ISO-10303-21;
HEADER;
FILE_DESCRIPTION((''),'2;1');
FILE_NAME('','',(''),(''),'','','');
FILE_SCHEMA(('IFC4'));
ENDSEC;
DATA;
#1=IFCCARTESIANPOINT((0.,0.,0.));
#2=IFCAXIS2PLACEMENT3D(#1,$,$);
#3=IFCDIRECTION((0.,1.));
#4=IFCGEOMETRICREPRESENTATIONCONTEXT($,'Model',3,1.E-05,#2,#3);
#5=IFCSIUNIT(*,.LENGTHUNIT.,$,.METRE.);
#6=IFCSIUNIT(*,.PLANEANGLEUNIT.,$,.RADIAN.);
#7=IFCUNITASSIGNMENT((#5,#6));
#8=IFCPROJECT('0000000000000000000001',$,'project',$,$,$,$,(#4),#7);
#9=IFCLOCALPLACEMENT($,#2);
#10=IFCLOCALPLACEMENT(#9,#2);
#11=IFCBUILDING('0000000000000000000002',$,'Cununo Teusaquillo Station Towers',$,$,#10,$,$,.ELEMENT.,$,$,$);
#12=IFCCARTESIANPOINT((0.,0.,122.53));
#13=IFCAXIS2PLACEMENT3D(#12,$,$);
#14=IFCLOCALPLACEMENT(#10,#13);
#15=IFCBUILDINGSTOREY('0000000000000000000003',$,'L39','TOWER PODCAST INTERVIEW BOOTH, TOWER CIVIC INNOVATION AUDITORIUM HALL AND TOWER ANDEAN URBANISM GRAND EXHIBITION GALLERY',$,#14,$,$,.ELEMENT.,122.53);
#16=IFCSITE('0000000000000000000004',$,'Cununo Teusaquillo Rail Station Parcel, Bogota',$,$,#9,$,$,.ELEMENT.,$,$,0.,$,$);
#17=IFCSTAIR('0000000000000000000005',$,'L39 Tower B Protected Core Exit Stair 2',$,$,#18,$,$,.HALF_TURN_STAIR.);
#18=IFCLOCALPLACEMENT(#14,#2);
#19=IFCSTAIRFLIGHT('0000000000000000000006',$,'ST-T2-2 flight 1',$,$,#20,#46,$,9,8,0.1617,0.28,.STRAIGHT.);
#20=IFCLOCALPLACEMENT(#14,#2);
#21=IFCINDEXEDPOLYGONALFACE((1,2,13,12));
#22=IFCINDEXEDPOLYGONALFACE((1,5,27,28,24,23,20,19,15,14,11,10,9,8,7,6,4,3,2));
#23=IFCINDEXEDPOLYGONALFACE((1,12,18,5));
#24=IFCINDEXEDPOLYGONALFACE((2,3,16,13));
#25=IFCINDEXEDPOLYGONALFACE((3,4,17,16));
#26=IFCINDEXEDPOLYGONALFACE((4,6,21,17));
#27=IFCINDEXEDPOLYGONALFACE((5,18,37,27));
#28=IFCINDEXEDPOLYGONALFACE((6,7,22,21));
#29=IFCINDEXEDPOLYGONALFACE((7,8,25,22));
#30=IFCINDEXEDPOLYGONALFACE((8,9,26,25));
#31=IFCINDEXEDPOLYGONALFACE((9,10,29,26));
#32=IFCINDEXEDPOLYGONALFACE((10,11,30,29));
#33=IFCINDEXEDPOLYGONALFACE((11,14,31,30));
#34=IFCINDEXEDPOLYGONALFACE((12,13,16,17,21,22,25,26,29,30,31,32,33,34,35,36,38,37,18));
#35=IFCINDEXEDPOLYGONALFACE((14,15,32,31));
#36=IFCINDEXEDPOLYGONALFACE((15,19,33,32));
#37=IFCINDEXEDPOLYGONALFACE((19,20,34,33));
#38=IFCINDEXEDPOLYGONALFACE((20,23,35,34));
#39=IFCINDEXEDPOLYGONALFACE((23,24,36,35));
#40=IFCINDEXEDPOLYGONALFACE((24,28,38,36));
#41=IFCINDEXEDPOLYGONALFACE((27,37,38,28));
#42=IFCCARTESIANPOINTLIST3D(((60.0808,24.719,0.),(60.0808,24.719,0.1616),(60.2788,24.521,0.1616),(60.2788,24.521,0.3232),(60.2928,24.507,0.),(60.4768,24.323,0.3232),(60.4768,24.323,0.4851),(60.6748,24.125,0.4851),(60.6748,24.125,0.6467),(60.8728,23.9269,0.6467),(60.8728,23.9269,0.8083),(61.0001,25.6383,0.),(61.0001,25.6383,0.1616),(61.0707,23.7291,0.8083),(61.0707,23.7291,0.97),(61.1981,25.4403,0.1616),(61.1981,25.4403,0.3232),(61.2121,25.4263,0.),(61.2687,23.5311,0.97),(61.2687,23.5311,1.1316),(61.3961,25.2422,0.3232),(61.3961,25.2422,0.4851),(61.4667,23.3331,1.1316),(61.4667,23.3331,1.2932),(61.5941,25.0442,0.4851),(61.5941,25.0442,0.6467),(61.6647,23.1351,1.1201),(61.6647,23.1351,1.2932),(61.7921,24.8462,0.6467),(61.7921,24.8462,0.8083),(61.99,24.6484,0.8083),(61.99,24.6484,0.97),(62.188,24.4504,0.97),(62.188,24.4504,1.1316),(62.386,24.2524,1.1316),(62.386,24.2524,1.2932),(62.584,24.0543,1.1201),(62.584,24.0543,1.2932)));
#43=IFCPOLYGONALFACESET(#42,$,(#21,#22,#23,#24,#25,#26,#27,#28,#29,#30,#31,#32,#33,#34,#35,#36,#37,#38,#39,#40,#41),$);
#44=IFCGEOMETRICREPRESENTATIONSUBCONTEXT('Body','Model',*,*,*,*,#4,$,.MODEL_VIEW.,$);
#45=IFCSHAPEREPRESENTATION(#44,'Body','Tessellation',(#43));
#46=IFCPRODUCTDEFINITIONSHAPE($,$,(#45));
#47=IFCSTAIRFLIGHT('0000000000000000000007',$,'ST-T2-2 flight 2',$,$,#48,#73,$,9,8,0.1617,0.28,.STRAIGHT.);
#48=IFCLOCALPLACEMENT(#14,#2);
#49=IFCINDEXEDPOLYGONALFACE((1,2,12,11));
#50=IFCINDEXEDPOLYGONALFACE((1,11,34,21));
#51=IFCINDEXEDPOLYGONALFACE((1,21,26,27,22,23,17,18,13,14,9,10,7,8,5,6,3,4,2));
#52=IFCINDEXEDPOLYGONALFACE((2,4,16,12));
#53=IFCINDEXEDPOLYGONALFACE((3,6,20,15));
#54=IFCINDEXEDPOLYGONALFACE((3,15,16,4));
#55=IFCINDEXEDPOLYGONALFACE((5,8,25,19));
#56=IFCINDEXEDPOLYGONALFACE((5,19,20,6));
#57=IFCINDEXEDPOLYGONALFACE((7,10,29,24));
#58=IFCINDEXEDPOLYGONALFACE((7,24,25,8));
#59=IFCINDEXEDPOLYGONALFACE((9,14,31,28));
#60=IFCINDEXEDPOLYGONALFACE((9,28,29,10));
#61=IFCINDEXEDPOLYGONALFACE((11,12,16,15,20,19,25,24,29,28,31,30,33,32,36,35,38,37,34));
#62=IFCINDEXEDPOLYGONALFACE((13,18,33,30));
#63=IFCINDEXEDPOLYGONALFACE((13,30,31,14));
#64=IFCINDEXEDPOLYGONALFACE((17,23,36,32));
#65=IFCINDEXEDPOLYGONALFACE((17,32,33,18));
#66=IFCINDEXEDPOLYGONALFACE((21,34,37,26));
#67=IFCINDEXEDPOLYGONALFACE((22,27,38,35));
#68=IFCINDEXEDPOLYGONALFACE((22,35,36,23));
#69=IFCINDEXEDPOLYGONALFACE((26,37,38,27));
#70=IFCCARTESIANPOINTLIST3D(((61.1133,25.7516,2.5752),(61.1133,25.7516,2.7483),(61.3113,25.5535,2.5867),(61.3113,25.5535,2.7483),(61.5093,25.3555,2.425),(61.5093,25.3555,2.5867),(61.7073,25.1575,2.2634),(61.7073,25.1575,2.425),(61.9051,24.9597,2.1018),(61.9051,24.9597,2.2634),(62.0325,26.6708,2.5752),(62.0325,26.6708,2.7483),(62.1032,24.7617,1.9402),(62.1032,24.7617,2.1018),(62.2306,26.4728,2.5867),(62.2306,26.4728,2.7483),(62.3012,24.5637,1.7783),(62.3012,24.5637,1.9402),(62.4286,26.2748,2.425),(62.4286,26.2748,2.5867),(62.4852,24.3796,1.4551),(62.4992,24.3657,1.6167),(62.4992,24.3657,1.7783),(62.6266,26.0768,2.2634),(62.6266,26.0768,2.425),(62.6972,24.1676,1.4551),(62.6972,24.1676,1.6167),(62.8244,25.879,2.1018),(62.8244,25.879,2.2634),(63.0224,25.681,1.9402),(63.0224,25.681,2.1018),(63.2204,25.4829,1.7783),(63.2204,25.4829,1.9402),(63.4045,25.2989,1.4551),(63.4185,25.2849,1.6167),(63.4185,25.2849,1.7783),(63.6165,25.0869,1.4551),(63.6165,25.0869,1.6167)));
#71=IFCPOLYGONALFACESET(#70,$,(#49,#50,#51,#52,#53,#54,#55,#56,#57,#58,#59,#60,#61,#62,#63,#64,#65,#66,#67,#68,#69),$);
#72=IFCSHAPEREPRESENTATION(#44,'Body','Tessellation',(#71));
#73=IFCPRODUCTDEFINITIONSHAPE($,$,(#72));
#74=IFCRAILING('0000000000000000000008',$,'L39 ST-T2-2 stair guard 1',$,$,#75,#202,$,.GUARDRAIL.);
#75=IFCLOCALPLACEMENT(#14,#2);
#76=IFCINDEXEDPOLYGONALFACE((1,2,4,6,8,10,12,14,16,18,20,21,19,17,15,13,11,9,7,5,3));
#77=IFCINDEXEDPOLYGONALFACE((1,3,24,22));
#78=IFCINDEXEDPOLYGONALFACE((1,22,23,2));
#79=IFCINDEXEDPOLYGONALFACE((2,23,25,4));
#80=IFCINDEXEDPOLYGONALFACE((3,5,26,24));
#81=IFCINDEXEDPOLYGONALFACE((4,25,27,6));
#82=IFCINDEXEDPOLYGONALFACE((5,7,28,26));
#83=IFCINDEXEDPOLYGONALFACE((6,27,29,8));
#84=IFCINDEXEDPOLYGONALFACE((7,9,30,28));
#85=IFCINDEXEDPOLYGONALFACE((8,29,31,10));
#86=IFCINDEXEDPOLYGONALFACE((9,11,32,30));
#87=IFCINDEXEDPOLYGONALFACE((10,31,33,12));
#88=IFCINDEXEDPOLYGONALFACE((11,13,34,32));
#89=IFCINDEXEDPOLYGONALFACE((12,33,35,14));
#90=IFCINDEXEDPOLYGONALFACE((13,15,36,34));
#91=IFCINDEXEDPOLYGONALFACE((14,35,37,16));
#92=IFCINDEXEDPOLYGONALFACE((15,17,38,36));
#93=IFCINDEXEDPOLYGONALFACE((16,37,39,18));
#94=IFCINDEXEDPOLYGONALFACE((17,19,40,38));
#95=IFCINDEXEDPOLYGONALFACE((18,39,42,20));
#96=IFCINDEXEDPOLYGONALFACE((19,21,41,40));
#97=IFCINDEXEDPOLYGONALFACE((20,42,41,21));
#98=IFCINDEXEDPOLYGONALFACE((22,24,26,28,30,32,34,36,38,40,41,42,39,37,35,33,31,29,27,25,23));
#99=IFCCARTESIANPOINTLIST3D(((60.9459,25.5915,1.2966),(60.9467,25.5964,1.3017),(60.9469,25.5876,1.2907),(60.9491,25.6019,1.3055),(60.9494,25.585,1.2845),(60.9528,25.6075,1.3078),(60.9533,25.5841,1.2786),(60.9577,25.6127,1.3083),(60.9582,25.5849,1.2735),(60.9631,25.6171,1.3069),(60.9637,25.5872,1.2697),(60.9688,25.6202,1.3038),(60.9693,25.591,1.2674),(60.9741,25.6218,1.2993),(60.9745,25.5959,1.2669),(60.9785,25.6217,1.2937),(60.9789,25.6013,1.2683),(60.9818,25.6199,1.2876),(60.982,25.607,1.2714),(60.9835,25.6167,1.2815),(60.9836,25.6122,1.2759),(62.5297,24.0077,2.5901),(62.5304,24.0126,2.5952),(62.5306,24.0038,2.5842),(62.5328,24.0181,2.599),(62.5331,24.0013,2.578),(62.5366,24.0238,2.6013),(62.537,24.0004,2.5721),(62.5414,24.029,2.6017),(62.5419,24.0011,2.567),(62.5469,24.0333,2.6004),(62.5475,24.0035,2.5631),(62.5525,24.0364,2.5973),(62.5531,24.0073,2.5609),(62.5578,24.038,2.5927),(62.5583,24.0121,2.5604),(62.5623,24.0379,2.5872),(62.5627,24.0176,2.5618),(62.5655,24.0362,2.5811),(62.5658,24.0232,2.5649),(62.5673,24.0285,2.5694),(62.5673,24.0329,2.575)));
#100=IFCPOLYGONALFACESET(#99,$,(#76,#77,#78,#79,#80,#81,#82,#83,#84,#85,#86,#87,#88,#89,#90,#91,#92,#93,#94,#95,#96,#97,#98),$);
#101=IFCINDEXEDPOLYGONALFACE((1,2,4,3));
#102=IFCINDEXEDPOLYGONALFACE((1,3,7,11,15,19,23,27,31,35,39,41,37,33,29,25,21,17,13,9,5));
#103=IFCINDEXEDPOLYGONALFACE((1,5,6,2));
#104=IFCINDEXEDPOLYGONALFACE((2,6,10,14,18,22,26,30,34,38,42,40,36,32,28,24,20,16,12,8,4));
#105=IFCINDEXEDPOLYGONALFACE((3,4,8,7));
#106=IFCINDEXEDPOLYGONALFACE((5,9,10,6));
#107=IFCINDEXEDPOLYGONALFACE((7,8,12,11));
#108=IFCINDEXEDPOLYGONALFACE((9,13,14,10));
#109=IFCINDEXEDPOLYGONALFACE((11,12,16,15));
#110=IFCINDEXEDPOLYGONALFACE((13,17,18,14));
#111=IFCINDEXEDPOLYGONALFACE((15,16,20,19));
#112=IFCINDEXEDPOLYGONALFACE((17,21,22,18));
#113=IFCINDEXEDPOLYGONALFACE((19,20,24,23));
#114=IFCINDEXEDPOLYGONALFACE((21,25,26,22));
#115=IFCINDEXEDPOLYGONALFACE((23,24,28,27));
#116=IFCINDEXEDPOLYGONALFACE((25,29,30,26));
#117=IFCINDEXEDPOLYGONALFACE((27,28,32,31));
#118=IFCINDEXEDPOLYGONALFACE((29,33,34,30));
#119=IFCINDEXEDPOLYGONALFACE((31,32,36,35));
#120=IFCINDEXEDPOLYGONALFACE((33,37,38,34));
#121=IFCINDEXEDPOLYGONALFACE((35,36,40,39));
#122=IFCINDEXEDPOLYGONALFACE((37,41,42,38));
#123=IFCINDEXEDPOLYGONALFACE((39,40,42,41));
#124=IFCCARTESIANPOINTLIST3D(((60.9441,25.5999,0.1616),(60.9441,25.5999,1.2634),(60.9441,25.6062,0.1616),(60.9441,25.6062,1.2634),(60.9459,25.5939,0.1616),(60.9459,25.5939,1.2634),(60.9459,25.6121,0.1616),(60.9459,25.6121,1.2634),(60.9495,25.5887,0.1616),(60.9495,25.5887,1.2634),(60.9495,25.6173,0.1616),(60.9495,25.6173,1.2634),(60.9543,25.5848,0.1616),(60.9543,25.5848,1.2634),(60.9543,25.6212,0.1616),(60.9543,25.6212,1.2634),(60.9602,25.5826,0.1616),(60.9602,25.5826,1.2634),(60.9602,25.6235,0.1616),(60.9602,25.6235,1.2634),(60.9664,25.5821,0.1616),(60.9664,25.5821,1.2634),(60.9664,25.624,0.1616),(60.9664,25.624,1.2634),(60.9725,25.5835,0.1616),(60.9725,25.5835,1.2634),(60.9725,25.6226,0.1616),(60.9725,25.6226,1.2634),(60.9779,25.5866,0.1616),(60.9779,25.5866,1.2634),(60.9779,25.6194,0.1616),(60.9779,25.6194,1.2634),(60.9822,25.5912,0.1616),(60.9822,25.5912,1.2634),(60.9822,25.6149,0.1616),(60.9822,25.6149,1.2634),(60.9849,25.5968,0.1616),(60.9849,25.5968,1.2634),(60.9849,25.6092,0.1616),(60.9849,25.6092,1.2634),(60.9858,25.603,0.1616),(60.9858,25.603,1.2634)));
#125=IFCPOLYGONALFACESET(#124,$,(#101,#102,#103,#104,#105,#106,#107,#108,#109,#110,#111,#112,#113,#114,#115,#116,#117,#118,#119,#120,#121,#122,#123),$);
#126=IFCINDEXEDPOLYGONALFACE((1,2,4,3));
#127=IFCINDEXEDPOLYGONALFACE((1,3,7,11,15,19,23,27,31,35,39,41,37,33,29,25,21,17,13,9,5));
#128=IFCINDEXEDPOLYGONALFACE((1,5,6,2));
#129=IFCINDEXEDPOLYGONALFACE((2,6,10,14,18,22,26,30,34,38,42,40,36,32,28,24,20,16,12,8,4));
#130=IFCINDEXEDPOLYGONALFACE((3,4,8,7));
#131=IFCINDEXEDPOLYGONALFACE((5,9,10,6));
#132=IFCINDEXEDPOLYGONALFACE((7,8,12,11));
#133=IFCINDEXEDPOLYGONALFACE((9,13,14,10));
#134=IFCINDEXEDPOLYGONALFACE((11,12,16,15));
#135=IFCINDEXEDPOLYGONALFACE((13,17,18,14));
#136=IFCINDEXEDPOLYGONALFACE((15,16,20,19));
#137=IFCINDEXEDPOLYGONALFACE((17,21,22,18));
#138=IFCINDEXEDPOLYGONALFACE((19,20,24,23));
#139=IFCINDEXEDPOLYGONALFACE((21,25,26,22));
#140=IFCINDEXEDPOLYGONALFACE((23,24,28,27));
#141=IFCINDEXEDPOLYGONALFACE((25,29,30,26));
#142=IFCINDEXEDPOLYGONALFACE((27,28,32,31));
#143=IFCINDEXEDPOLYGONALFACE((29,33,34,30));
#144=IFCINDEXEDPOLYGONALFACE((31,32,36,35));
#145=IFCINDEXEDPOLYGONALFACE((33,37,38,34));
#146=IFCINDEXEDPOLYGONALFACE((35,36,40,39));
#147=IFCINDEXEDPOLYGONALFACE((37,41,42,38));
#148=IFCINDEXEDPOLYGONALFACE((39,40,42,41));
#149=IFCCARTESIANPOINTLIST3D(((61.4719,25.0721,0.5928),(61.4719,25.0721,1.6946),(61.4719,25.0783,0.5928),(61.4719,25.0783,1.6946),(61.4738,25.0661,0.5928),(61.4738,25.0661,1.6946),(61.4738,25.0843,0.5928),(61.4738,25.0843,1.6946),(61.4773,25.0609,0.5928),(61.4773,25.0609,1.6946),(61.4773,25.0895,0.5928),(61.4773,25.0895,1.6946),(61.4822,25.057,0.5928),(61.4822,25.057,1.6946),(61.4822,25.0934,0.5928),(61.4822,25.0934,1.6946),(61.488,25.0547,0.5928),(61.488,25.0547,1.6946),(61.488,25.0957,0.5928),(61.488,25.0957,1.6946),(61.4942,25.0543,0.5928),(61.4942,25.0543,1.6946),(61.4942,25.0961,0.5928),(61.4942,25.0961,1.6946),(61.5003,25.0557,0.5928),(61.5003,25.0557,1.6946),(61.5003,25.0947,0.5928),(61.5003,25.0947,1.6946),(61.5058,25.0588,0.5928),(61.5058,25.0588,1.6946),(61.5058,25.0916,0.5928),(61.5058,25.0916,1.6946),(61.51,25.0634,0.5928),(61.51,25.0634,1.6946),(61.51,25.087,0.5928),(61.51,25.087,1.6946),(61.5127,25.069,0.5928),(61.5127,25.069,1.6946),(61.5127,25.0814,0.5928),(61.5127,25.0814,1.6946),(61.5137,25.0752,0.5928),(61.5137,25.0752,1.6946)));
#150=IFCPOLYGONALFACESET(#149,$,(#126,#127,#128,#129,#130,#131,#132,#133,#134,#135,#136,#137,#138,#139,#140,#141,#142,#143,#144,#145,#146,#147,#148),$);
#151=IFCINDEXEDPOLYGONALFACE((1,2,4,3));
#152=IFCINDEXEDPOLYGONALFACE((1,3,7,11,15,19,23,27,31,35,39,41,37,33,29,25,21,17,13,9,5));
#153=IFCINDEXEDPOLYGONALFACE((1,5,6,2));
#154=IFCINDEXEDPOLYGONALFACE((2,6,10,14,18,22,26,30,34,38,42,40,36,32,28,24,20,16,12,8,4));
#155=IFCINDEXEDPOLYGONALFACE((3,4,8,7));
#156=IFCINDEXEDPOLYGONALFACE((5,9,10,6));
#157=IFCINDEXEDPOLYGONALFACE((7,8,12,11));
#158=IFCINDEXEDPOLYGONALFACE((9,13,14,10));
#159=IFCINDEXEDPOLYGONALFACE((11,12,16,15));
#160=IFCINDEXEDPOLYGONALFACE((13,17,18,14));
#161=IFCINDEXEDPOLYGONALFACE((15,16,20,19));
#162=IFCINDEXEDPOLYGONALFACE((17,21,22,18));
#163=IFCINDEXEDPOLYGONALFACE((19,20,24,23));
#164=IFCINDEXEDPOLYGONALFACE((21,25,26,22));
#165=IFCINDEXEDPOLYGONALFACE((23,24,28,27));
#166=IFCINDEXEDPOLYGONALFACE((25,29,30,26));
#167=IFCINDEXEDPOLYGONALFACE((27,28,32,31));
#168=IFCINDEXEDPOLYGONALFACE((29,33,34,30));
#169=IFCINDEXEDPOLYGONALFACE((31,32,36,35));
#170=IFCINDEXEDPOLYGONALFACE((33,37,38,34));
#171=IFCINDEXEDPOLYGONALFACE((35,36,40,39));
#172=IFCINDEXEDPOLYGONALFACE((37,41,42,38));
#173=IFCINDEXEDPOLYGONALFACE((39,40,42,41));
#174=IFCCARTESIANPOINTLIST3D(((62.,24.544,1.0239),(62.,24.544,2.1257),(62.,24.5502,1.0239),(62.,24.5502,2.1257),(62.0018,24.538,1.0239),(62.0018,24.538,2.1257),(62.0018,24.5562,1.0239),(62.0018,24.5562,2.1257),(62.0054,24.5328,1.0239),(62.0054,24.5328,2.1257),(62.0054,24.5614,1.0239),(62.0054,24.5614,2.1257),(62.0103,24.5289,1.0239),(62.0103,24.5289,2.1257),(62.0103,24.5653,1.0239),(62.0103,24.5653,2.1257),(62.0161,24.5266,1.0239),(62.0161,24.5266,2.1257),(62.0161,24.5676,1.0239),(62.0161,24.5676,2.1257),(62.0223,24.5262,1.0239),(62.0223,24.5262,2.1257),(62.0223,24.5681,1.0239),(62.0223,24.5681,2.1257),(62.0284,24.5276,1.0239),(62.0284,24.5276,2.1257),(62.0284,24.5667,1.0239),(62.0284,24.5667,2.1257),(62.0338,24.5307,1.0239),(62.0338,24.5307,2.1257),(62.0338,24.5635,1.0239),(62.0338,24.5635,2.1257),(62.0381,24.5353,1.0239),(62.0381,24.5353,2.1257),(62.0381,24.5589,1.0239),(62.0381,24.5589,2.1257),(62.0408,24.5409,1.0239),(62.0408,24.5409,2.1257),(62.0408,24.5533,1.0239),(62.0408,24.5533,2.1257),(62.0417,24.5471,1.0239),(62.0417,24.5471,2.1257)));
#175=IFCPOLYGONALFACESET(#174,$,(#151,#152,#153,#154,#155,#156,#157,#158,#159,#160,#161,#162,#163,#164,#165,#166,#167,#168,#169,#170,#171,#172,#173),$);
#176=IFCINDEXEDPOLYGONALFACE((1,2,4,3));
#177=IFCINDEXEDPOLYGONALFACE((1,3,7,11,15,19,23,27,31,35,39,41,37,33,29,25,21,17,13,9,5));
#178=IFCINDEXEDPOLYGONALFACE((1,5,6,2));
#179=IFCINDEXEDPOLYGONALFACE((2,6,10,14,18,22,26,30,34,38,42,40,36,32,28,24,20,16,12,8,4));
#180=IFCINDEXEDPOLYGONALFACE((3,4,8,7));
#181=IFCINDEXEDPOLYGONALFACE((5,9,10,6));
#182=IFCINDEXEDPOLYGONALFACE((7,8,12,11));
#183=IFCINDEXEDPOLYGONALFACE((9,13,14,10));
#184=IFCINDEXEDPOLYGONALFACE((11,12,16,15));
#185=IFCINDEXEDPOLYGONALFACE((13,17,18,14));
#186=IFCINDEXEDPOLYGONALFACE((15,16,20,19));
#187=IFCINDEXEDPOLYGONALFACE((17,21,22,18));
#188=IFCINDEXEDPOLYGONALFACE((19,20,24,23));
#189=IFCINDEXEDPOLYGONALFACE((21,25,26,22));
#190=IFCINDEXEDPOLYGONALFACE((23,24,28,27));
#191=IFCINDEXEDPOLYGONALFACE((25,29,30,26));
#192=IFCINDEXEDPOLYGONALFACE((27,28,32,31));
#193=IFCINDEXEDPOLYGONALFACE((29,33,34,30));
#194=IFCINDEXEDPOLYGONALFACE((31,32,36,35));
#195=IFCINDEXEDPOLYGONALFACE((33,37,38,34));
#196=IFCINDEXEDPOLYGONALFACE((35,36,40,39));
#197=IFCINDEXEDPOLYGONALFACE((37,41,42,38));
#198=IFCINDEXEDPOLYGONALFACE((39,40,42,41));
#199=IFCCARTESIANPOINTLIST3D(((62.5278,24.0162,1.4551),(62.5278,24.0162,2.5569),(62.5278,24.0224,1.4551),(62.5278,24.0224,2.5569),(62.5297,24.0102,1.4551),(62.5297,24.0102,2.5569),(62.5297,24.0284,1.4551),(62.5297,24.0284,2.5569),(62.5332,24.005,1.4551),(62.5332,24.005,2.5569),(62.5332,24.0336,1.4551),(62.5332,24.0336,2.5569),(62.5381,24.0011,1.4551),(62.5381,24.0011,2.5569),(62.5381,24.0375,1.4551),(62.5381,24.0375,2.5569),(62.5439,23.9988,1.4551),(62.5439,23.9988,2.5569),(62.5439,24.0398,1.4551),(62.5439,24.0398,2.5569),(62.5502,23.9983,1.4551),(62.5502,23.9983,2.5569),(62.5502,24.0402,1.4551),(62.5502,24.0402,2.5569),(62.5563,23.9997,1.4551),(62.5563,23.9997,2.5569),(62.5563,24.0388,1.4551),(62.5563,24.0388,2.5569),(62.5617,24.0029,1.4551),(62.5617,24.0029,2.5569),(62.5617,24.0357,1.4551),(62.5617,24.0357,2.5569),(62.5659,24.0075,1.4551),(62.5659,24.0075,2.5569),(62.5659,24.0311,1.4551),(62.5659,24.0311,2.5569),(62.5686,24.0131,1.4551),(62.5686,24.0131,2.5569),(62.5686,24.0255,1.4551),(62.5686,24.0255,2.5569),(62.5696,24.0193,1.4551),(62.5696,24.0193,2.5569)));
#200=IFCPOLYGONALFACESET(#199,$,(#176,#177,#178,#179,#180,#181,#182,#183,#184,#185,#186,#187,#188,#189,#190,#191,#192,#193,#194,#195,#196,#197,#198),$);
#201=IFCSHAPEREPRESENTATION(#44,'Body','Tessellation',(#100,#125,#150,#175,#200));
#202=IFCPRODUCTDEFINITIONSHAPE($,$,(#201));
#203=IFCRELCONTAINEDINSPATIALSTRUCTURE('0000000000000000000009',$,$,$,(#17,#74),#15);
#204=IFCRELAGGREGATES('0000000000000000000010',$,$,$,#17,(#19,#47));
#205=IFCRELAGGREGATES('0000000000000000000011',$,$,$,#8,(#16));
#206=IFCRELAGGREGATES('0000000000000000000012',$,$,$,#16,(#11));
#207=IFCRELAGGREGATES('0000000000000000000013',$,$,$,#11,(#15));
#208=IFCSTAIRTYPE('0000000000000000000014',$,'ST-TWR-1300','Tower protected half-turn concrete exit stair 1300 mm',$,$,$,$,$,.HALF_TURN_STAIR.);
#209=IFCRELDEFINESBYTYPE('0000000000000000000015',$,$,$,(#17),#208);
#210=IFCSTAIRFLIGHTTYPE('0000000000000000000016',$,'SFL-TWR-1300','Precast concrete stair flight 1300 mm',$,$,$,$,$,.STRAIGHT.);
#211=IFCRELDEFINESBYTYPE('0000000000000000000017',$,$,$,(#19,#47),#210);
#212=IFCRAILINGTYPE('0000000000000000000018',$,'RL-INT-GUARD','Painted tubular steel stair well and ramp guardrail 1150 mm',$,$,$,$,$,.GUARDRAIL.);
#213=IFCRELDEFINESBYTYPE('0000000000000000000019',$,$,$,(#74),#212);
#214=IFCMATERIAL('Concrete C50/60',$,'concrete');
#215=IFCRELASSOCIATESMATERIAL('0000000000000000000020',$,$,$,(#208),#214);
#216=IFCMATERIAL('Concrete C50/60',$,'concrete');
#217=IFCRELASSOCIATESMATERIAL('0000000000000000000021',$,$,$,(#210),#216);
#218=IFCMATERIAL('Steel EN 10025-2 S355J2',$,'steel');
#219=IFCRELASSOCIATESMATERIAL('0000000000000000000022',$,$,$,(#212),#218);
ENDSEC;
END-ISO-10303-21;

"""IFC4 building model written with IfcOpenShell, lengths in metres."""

from ifc_helpers import new_model, si_unit, direction, frame, origin, origin_2d, place, context, subcontext, project, spatial, polyline, circle, outline, extrude, material, type_object, element, aggregate, save


model = new_model("IFC4")

# Units and contexts
model_context = context("Model", 3, precision=1e-05, world=origin(), true_north=direction((0.0, 1.0)))
body_context = subcontext(model_context, "Body", "Model", "MODEL_VIEW")
ifc_project = project(units=[si_unit("LENGTHUNIT", "METRE"), si_unit("PLANEANGLEUNIT", "RADIAN")], contexts=[model_context])

# Site, building, storey
site_placement = place(None, origin())
site = spatial("IfcSite", under=ifc_project, at=site_placement, Name="Cununo Teusaquillo Rail Station Parcel, Bogota", CompositionType="ELEMENT", RefElevation=0.0)
building_placement = place(site_placement, origin())
building = spatial("IfcBuilding", under=site, at=building_placement, Name="Cununo Teusaquillo Station Towers", CompositionType="ELEMENT")
storey_placement = place(building_placement, frame((0.0, 0.0, 122.53)))
storey = spatial("IfcBuildingStorey", under=building, at=storey_placement, Name="L39", Description="TOWER PODCAST INTERVIEW BOOTH, TOWER CIVIC INNOVATION AUDITORIUM HALL AND TOWER ANDEAN URBANISM GRAND EXHIBITION GALLERY", CompositionType="ELEMENT", Elevation=122.53)

# Stair, stair flights
ifc_material_1 = material(Name="Concrete C50/60", Category="concrete")
stair_type = type_object("IfcStairType", Name="ST-TWR-1300", Description="Tower protected half-turn concrete exit stair 1300 mm", PredefinedType="HALF_TURN_STAIR", material=ifc_material_1)
stair_placement = place(storey_placement, origin())
stair = element("IfcStair", 1, at=stair_placement, inside=storey, type_object=stair_type, Name="L39 Tower B Protected Core Exit Stair 2", PredefinedType="HALF_TURN_STAIR")
ifc_material_2 = material(Name="Concrete C50/60", Category="concrete")
stair_flight_type = type_object("IfcStairFlightType", Name="SFL-TWR-1300", Description="Precast concrete stair flight 1300 mm", PredefinedType="STRAIGHT", material=ifc_material_2)
stair_flight_1_placement = place(storey_placement, frame((60.5405, 25.1787, 0.0), z_axis=(0.0, 0.0, 1.0), x_axis=(0.707107, -0.707107, 0.0)))
stair_flight_1 = element("IfcStairFlight", 2, at=stair_flight_1_placement, type_object=stair_flight_type, Name="ST-T2-2 flight 1", NumberOfRisers=9, NumberOfTreads=8, PredefinedType="STRAIGHT", RiserHeight=0.1617, TreadLength=0.28, context=body_context, shape_type="SweptSolid", body=[
    extrude(outline(polyline([(0.0, 0.0), (0.0, 0.1616), (0.28, 0.1616), (0.28, 0.3232), (0.5601, 0.3232), (0.5601, 0.4851), (0.8401, 0.4851), (0.8401, 0.6467), (1.1201, 0.6467), (1.1201, 0.8083), (1.3999, 0.8083), (1.3999, 0.97), (1.6799, 0.97), (1.6799, 1.1316), (1.96, 1.1316), (1.96, 1.2932), (2.24, 1.2932), (2.24, 1.4551), (2.24, 1.1201), (0.2998, 0.0), (0.0, 0.0)])), frame((0.0, 0.6499, 0.0), z_axis=(0.0, -1.0, 0.0), x_axis=(1.0, 0.0, 0.0)), (0.0, 0.0, 1.0), 1.3),
])
stair_flight_2_placement = place(storey_placement, frame((63.1567, 24.6272, 1.4551), z_axis=(0.0, 0.0, 1.0), x_axis=(-0.707107, 0.707107, 0.0)))
stair_flight_2 = element("IfcStairFlight", 3, at=stair_flight_2_placement, type_object=stair_flight_type, Name="ST-T2-2 flight 2", NumberOfRisers=9, NumberOfTreads=8, PredefinedType="STRAIGHT", RiserHeight=0.1617, TreadLength=0.28, context=body_context, shape_type="SweptSolid", body=[
    extrude(outline(polyline([(0.0, 0.0), (0.0, 0.1616), (0.28, 0.1616), (0.28, 0.3232), (0.5601, 0.3232), (0.5601, 0.4851), (0.8401, 0.4851), (0.8401, 0.6467), (1.1201, 0.6467), (1.1201, 0.8083), (1.3999, 0.8083), (1.3999, 0.97), (1.6799, 0.97), (1.6799, 1.1316), (1.96, 1.1316), (1.96, 1.2932), (2.24, 1.2932), (2.24, 1.4551), (2.24, 1.1201), (0.2998, 0.0), (0.0, 0.0)])), frame((0.0, 0.6499, 0.0), z_axis=(0.0, -1.0, 0.0), x_axis=(1.0, 0.0, 0.0)), (0.0, 0.0, 1.0), 1.3),
])
aggregate(stair, [stair_flight_1, stair_flight_2])

# Railing
ifc_material_3 = material(Name="Steel EN 10025-2 S355J2", Category="steel")
railing_type_1 = type_object("IfcRailingType", Name="RL-INT-GUARD", Description="Painted tubular steel stair well and ramp guardrail 1150 mm", PredefinedType="GUARDRAIL", material=ifc_material_3)
railing_1_placement = place(storey_placement, frame((60.9648, 25.603, 0.1616)))
element("IfcRailing", 4, at=railing_1_placement, inside=storey, type_object=railing_type_1, Name="L39 ST-T2-2 stair guard 1", PredefinedType="GUARDRAIL", context=body_context, shape_type="SweptSolid", body=[
    extrude(circle(Radius=0.0239, at=origin_2d()), frame((0.0, 0.0, 1.126), z_axis=(0.612332, -0.612332, 0.500098), x_axis=(0.707107, 0.707107, 0.0)), (0.0, 0.0, 1.0), 2.5864),
    extrude(circle(Radius=0.021, at=origin_2d()), origin(), (0.0, 0.0, 1.0), 1.1018),
    extrude(circle(Radius=0.021, at=origin_2d()), frame((0.5278, -0.5278, 0.4312)), (0.0, 0.0, 1.0), 1.1018),
    extrude(circle(Radius=0.021, at=origin_2d()), frame((1.0559, -1.0559, 0.8623)), (0.0, 0.0, 1.0), 1.1018),
    extrude(circle(Radius=0.021, at=origin_2d()), frame((1.5837, -1.5837, 1.2935)), (0.0, 0.0, 1.0), 1.1018),
])

save(model, "model.ifc")
